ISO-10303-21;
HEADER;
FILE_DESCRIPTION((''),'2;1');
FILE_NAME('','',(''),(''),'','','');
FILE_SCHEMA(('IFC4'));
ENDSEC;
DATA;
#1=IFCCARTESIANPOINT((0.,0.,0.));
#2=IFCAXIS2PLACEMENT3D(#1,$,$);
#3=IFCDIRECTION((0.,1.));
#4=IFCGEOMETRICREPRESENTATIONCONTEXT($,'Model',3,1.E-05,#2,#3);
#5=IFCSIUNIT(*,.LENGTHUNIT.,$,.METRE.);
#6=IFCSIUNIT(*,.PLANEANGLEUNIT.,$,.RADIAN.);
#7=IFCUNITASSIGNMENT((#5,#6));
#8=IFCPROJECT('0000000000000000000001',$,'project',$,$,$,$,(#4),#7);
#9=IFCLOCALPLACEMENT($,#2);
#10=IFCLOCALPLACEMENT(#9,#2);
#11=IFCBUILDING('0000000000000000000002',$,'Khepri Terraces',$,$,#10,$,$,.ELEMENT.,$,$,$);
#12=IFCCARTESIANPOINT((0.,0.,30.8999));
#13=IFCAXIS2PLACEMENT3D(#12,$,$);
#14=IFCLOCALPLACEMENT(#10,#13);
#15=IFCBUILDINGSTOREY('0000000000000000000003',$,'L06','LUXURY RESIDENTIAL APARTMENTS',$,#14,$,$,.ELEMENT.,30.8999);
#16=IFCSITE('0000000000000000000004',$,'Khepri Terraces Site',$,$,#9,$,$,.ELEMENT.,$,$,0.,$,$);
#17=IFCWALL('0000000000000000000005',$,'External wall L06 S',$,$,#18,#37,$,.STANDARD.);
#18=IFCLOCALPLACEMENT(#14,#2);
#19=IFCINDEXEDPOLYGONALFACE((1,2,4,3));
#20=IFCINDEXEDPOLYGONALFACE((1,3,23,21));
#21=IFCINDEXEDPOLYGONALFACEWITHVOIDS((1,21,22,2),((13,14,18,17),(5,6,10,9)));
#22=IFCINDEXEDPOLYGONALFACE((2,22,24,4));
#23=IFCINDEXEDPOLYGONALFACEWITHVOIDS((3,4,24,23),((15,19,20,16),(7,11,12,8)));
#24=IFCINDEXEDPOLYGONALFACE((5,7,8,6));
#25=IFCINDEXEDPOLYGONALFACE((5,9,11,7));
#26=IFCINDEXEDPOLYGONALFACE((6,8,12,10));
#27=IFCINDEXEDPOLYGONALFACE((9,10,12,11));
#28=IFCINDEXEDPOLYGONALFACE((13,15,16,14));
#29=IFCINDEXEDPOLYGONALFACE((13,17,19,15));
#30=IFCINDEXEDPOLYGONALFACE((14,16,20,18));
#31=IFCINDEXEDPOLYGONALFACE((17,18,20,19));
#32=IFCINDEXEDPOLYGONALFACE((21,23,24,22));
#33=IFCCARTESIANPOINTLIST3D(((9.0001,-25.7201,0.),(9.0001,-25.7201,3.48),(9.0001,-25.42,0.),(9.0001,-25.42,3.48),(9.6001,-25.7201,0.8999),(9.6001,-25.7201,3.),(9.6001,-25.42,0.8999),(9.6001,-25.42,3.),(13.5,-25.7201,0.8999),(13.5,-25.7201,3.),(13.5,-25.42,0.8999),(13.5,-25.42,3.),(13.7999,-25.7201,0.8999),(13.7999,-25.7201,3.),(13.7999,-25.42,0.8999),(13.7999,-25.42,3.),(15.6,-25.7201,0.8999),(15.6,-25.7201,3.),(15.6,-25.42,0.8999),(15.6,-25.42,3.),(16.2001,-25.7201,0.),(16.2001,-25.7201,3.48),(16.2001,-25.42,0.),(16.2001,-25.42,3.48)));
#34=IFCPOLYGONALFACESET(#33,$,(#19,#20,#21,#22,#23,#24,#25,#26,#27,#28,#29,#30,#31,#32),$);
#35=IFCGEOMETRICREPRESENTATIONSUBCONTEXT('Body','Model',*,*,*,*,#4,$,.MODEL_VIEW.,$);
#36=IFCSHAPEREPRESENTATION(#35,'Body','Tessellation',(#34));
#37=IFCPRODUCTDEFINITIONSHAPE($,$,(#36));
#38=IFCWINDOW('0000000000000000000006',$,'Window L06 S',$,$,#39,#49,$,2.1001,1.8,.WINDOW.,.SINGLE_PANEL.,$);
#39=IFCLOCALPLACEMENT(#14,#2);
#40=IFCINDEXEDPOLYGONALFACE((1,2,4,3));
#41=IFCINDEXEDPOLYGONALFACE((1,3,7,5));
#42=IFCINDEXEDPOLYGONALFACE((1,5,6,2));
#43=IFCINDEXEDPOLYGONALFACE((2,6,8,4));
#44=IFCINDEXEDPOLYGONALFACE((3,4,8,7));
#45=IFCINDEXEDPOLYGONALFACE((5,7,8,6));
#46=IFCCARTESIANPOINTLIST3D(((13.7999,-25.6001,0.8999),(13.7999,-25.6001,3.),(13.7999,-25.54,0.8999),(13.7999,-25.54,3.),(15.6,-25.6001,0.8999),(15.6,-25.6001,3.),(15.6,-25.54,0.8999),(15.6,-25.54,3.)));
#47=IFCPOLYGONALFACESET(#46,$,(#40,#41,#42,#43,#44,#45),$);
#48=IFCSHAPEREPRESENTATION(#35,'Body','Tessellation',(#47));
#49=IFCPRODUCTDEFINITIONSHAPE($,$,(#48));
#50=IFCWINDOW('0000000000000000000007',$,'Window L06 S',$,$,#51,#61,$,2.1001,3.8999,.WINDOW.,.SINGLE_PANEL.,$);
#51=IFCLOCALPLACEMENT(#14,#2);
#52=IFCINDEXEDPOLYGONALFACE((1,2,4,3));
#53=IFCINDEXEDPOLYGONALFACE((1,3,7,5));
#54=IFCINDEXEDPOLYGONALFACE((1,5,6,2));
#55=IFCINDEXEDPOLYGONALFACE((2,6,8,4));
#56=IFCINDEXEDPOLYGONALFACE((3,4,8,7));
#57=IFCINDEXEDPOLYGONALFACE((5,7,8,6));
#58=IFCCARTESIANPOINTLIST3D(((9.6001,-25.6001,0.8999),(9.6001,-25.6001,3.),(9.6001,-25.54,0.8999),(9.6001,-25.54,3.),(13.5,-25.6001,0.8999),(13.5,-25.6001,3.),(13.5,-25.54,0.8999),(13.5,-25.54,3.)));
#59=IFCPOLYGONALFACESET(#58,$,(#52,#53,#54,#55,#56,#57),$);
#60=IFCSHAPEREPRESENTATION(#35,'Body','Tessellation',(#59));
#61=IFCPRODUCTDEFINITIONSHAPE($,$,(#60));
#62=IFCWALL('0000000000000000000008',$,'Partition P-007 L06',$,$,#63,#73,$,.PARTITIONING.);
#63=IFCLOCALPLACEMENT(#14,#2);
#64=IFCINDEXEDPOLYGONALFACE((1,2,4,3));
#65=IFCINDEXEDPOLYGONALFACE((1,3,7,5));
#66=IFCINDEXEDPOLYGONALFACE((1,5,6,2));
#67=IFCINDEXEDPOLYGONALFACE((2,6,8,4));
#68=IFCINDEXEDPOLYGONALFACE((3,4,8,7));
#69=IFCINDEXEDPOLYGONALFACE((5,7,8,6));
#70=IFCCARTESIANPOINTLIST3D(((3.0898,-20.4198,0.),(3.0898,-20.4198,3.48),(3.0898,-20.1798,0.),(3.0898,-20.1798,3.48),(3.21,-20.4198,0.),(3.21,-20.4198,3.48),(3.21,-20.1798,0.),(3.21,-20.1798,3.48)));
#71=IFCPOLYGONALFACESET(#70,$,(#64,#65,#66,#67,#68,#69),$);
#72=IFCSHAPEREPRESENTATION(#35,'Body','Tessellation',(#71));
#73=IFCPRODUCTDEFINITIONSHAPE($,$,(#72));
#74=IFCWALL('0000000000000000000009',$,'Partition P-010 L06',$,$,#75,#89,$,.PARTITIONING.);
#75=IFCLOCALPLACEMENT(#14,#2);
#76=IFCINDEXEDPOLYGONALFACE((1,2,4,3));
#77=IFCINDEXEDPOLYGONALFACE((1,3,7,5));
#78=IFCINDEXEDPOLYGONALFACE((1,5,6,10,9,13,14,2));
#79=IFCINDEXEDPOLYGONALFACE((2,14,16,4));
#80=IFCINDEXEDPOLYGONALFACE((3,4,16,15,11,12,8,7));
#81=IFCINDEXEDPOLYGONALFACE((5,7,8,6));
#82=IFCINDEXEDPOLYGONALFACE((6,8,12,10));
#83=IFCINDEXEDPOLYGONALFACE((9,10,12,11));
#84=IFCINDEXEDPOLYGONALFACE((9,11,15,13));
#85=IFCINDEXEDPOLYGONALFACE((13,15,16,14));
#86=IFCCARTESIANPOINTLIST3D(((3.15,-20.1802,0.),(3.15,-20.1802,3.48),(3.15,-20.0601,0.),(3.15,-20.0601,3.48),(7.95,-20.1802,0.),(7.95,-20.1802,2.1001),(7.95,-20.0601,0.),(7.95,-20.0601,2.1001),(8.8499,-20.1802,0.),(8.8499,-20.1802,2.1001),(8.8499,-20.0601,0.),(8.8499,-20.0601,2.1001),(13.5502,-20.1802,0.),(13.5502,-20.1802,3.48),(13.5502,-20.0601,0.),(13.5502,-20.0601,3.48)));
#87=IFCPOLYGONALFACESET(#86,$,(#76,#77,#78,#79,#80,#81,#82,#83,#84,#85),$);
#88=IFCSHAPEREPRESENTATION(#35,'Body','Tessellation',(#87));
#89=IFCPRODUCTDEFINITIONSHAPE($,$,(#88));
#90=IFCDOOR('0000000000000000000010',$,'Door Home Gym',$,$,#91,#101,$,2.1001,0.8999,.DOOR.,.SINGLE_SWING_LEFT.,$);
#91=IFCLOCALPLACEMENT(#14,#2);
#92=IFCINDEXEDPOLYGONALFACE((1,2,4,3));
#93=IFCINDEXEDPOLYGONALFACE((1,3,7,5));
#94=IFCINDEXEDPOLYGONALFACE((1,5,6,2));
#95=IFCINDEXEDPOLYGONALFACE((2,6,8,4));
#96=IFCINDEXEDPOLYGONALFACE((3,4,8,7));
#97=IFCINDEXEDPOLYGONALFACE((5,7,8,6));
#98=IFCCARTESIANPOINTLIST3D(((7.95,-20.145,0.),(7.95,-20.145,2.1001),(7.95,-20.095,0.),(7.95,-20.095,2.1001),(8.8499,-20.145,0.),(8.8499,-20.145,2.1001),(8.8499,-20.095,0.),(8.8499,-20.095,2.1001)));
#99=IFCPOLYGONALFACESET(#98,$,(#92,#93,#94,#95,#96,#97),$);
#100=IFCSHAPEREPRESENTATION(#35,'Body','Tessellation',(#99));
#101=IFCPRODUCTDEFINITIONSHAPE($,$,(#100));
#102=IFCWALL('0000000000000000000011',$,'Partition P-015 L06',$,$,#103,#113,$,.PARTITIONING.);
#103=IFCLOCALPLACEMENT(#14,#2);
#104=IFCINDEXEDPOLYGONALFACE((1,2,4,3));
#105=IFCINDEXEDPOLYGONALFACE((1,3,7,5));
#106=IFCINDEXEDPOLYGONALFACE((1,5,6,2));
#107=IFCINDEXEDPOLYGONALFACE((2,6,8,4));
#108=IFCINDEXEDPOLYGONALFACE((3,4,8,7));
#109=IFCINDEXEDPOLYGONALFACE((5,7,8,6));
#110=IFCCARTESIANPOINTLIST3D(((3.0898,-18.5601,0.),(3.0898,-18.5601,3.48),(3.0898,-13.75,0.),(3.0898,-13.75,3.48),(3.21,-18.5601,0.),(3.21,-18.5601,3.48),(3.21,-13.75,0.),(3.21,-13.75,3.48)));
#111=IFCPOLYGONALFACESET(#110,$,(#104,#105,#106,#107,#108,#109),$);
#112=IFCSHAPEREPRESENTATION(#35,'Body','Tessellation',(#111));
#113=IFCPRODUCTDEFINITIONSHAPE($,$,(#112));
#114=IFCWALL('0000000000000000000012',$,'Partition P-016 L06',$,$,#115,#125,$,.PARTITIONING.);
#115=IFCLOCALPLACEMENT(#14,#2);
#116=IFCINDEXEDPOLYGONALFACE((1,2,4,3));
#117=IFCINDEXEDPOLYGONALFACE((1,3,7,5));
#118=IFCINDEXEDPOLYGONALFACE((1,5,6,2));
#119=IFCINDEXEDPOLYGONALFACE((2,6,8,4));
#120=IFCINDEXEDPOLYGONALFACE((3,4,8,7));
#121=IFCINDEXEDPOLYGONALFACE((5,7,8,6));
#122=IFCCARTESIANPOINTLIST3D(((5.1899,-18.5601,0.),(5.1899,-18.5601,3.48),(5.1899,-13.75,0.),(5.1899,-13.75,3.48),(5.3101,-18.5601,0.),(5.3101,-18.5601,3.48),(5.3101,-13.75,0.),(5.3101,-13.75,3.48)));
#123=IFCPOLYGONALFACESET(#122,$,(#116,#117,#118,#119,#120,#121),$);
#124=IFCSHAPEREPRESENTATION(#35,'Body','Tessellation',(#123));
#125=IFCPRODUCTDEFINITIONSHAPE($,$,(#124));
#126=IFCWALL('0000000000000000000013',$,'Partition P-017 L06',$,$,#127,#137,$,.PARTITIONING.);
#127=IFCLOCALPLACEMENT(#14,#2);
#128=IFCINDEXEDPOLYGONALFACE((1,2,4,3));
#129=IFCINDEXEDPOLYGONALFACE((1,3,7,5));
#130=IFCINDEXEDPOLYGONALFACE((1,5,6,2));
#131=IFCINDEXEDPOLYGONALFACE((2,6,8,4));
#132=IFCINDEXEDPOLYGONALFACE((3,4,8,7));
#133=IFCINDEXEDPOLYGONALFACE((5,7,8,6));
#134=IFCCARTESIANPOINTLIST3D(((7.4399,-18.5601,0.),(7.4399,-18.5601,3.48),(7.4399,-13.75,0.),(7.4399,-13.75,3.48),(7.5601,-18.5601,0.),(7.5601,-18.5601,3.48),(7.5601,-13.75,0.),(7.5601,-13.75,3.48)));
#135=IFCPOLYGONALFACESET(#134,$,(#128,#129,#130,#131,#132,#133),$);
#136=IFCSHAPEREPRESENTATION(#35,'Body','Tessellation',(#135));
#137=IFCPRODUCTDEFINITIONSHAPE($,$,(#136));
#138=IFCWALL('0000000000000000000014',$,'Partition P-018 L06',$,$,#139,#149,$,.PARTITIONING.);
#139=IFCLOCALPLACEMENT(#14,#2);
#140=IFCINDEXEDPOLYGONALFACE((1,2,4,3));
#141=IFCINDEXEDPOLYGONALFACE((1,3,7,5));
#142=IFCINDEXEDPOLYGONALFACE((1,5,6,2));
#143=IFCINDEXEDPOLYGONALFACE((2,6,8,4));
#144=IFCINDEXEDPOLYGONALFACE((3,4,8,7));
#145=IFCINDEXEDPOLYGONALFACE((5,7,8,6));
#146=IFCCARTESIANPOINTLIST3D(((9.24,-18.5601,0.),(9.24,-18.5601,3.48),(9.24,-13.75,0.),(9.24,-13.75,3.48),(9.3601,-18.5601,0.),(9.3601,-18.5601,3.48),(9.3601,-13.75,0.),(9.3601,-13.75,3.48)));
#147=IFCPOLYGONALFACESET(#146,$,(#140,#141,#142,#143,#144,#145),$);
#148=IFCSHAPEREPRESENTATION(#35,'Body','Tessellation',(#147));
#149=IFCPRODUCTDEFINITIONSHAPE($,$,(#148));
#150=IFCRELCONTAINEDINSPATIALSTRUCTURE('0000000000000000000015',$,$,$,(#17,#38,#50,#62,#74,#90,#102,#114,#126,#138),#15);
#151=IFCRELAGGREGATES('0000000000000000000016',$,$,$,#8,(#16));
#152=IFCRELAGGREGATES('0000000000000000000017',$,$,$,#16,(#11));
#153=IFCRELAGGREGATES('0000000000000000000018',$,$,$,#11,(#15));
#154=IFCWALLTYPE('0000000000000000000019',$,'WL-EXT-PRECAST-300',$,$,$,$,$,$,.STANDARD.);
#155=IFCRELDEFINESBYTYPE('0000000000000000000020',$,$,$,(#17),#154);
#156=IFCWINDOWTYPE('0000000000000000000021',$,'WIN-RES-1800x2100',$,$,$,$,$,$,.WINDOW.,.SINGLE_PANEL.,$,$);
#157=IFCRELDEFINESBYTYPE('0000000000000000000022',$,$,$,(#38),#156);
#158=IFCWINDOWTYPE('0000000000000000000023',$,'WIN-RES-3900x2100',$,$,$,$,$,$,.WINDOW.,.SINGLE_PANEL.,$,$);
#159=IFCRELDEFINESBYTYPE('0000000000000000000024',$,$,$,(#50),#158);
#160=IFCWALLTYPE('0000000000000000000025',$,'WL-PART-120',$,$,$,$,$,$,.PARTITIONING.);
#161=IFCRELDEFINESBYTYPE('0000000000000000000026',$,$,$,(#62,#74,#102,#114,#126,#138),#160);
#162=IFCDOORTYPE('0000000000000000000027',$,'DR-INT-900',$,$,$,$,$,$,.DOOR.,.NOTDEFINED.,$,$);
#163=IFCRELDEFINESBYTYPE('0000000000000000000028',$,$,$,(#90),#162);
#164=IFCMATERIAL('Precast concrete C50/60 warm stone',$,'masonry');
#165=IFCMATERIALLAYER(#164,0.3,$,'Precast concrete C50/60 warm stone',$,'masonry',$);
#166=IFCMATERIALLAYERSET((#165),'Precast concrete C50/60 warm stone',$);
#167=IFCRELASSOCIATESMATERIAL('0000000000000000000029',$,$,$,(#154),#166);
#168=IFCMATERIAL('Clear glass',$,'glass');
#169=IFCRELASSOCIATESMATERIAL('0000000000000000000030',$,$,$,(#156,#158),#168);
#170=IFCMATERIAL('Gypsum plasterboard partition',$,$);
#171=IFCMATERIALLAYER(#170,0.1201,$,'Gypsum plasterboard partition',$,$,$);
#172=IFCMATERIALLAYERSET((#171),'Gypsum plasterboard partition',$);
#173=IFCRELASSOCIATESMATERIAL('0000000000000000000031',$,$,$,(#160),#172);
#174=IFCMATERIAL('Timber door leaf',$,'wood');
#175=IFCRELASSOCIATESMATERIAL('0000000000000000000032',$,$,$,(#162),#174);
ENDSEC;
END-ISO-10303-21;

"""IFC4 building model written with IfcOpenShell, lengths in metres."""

from ifc_helpers import new_model, si_unit, direction, frame, frame_2d, origin, place, context, subcontext, project, spatial, rectangle, extrude, material, layer, layer_set, type_object, element, fill, save


model = new_model("IFC4")

# Units and contexts
model_context = context("Model", 3, precision=1e-05, world=origin(), true_north=direction((0.0, 1.0)))
body_context = subcontext(model_context, "Body", "Model", "MODEL_VIEW")
ifc_project = project(units=[si_unit("LENGTHUNIT", "METRE"), si_unit("PLANEANGLEUNIT", "RADIAN")], contexts=[model_context])

# Site, building, storey
site_placement = place(None, origin())
site = spatial("IfcSite", under=ifc_project, at=site_placement, Name="Khepri Terraces Site", CompositionType="ELEMENT", RefElevation=0.0)
building_placement = place(site_placement, origin())
building = spatial("IfcBuilding", under=site, at=building_placement, Name="Khepri Terraces", CompositionType="ELEMENT")
storey_placement = place(building_placement, frame((0.0, 0.0, 30.8999)))
storey = spatial("IfcBuildingStorey", under=building, at=storey_placement, Name="L06", Description="LUXURY RESIDENTIAL APARTMENTS", CompositionType="ELEMENT", Elevation=30.8999)

# Shared definitions
ifc_material_1 = material(Name="Precast concrete C50/60 warm stone", Category="masonry")
ifc_layer_1 = layer(ifc_material_1, 0.3, Name="Precast concrete C50/60 warm stone", Category="masonry")
ifc_layer_set_1 = layer_set([ifc_layer_1], Name="Precast concrete C50/60 warm stone")
wall_type_1 = type_object("IfcWallType", Name="WL-EXT-PRECAST-300", PredefinedType="STANDARD", material=ifc_layer_set_1)
ifc_material_2 = material(Name="Clear glass", Category="glass")
window_type_1 = type_object("IfcWindowType", Name="WIN-RES-1800x2100", PartitioningType="SINGLE_PANEL", PredefinedType="WINDOW", material=ifc_material_2)

# Wall, openings, windows
wall_1_placement = place(storey_placement, frame((9.0, -25.5701, 0.0), z_axis=(0.0, 0.0, 1.0), x_axis=(1.0, 0.0, 0.0)))
wall_1 = element("IfcWall", 1, at=wall_1_placement, inside=storey, type_object=wall_type_1, Name="External wall L06 S", PredefinedType="STANDARD", context=body_context, shape_type="SweptSolid", body=[
    extrude(rectangle(XDim=7.2, YDim=0.3, at=frame_2d((3.6001, 0.0))), origin(), (0.0, 0.0, 1.0), 3.48),
])
opening_1_placement = place(wall_1_placement, frame((0.6001, 0.0, 0.8999)))
opening_1 = element("IfcOpeningElement", 2, at=opening_1_placement, cuts=wall_1, PredefinedType="OPENING", context=body_context, shape_type="SweptSolid", body=[
    extrude(rectangle(XDim=3.8999, YDim=2.1001, at=frame_2d((1.95, 1.05))), frame((0.0, 0.1602, 0.0), z_axis=(0.0, -1.0, 0.0), x_axis=(1.0, 0.0, 0.0)), (0.0, 0.0, 1.0), 0.3201),
])
opening_2_placement = place(wall_1_placement, frame((4.8, 0.0, 0.8999)))
opening_2 = element("IfcOpeningElement", 3, at=opening_2_placement, cuts=wall_1, PredefinedType="OPENING", context=body_context, shape_type="SweptSolid", body=[
    extrude(rectangle(XDim=1.8, YDim=2.1001, at=frame_2d((0.8999, 1.05))), frame((0.0, 0.1602, 0.0), z_axis=(0.0, -1.0, 0.0), x_axis=(1.0, 0.0, 0.0)), (0.0, 0.0, 1.0), 0.3201),
])
window_1_placement = place(opening_2_placement, origin())
window_1 = element("IfcWindow", 4, at=window_1_placement, inside=storey, type_object=window_type_1, Name="Window L06 S", OverallHeight=2.1001, OverallWidth=1.8, PartitioningType="SINGLE_PANEL", PredefinedType="WINDOW", context=body_context, shape_type="SweptSolid", body=[
    extrude(rectangle(XDim=1.8, YDim=2.1001, at=frame_2d((0.8999, 1.05))), frame((0.0, 0.03, 0.0), z_axis=(0.0, -1.0, 0.0), x_axis=(1.0, 0.0, 0.0)), (0.0, 0.0, 1.0), 0.0601),
])
fill(opening_2, window_1)
window_type_2 = type_object("IfcWindowType", Name="WIN-RES-3900x2100", PartitioningType="SINGLE_PANEL", PredefinedType="WINDOW", material=ifc_material_2)
window_2_placement = place(opening_1_placement, origin())
window_2 = element("IfcWindow", 5, at=window_2_placement, inside=storey, type_object=window_type_2, Name="Window L06 S", OverallHeight=2.1001, OverallWidth=3.8999, PartitioningType="SINGLE_PANEL", PredefinedType="WINDOW", context=body_context, shape_type="SweptSolid", body=[
    extrude(rectangle(XDim=3.8999, YDim=2.1001, at=frame_2d((1.95, 1.05))), frame((0.0, 0.03, 0.0), z_axis=(0.0, -1.0, 0.0), x_axis=(1.0, 0.0, 0.0)), (0.0, 0.0, 1.0), 0.0601),
])
fill(opening_1, window_2)

# Wall
ifc_material_3 = material(Name="Gypsum plasterboard partition")
ifc_layer_2 = layer(ifc_material_3, 0.1201, Name="Gypsum plasterboard partition")
ifc_layer_set_2 = layer_set([ifc_layer_2], Name="Gypsum plasterboard partition")
wall_type_2 = type_object("IfcWallType", Name="WL-PART-120", PredefinedType="PARTITIONING", material=ifc_layer_set_2)
wall_2_placement = place(storey_placement, frame((3.1499, -20.4199, 0.0), z_axis=(0.0, 0.0, 1.0), x_axis=(0.0, 1.0, 0.0)))
element("IfcWall", 6, at=wall_2_placement, inside=storey, type_object=wall_type_2, Name="Partition P-007 L06", PredefinedType="PARTITIONING", context=body_context, shape_type="SweptSolid", body=[
    extrude(rectangle(XDim=0.24, YDim=0.1201, at=frame_2d((0.1201, 0.0))), origin(), (0.0, 0.0, 1.0), 3.48),
])

# Wall, opening, door
wall_3_placement = place(storey_placement, frame((3.1499, -20.1201, 0.0), z_axis=(0.0, 0.0, 1.0), x_axis=(1.0, 0.0, 0.0)))
wall_3 = element("IfcWall", 7, at=wall_3_placement, inside=storey, type_object=wall_type_2, Name="Partition P-010 L06", PredefinedType="PARTITIONING", context=body_context, shape_type="SweptSolid", body=[
    extrude(rectangle(XDim=10.4001, YDim=0.1201, at=frame_2d((5.2002, 0.0))), origin(), (0.0, 0.0, 1.0), 3.48),
])
opening_3_placement = place(wall_3_placement, frame((4.8, 0.0, 0.0)))
opening_3 = element("IfcOpeningElement", 8, at=opening_3_placement, cuts=wall_3, PredefinedType="OPENING", context=body_context, shape_type="SweptSolid", body=[
    extrude(rectangle(XDim=0.8999, YDim=2.1001, at=frame_2d((0.45, 1.05))), frame((0.0, 0.0701, 0.0), z_axis=(0.0, -1.0, 0.0), x_axis=(1.0, 0.0, 0.0)), (0.0, 0.0, 1.0), 0.1401),
])
ifc_material_4 = material(Name="Timber door leaf", Category="wood")
door_type_1 = type_object("IfcDoorType", Name="DR-INT-900", OperationType="NOTDEFINED", PredefinedType="DOOR", material=ifc_material_4)
door_1_placement = place(opening_3_placement, frame((0.8999, 0.0, 0.0), z_axis=(0.0, 0.0, 1.0), x_axis=(-1.0, 0.0, 0.0)))
door_1 = element("IfcDoor", 9, at=door_1_placement, inside=storey, type_object=door_type_1, Name="Door Home Gym", OperationType="SINGLE_SWING_LEFT", OverallHeight=2.1001, OverallWidth=0.8999, PredefinedType="DOOR", context=body_context, shape_type="SweptSolid", body=[
    extrude(rectangle(XDim=0.8999, YDim=2.1001, at=frame_2d((0.45, 1.05))), frame((0.0, 0.0249, 0.0), z_axis=(0.0, -1.0, 0.0), x_axis=(1.0, 0.0, 0.0)), (0.0, 0.0, 1.0), 0.05),
])
fill(opening_3, door_1)

# Walls
for number, where, z_axis, x_axis, name in (
    (10, (3.1499, -18.5601, 0.0), (0.0, 0.0, 1.0), (0.0, 1.0, 0.0), "Partition P-015 L06"),
    (11, (5.25, -18.5601, 0.0), (0.0, 0.0, 1.0), (0.0, 1.0, 0.0), "Partition P-016 L06"),
    (12, (7.5, -18.5601, 0.0), (0.0, 0.0, 1.0), (0.0, 1.0, 0.0), "Partition P-017 L06"),
    (13, (9.3, -18.5601, 0.0), (0.0, 0.0, 1.0), (0.0, 1.0, 0.0), "Partition P-018 L06"),
):
    element("IfcWall", number, at=place(storey_placement, frame(where, z_axis=z_axis, x_axis=x_axis)), inside=storey, type_object=wall_type_2, Name=name, PredefinedType="PARTITIONING", context=body_context, shape_type="SweptSolid", body=[
        extrude(rectangle(XDim=4.8101, YDim=0.1201, at=frame_2d((2.405, 0.0))), origin(), (0.0, 0.0, 1.0), 3.48),
    ])

save(model, "model.ifc")
